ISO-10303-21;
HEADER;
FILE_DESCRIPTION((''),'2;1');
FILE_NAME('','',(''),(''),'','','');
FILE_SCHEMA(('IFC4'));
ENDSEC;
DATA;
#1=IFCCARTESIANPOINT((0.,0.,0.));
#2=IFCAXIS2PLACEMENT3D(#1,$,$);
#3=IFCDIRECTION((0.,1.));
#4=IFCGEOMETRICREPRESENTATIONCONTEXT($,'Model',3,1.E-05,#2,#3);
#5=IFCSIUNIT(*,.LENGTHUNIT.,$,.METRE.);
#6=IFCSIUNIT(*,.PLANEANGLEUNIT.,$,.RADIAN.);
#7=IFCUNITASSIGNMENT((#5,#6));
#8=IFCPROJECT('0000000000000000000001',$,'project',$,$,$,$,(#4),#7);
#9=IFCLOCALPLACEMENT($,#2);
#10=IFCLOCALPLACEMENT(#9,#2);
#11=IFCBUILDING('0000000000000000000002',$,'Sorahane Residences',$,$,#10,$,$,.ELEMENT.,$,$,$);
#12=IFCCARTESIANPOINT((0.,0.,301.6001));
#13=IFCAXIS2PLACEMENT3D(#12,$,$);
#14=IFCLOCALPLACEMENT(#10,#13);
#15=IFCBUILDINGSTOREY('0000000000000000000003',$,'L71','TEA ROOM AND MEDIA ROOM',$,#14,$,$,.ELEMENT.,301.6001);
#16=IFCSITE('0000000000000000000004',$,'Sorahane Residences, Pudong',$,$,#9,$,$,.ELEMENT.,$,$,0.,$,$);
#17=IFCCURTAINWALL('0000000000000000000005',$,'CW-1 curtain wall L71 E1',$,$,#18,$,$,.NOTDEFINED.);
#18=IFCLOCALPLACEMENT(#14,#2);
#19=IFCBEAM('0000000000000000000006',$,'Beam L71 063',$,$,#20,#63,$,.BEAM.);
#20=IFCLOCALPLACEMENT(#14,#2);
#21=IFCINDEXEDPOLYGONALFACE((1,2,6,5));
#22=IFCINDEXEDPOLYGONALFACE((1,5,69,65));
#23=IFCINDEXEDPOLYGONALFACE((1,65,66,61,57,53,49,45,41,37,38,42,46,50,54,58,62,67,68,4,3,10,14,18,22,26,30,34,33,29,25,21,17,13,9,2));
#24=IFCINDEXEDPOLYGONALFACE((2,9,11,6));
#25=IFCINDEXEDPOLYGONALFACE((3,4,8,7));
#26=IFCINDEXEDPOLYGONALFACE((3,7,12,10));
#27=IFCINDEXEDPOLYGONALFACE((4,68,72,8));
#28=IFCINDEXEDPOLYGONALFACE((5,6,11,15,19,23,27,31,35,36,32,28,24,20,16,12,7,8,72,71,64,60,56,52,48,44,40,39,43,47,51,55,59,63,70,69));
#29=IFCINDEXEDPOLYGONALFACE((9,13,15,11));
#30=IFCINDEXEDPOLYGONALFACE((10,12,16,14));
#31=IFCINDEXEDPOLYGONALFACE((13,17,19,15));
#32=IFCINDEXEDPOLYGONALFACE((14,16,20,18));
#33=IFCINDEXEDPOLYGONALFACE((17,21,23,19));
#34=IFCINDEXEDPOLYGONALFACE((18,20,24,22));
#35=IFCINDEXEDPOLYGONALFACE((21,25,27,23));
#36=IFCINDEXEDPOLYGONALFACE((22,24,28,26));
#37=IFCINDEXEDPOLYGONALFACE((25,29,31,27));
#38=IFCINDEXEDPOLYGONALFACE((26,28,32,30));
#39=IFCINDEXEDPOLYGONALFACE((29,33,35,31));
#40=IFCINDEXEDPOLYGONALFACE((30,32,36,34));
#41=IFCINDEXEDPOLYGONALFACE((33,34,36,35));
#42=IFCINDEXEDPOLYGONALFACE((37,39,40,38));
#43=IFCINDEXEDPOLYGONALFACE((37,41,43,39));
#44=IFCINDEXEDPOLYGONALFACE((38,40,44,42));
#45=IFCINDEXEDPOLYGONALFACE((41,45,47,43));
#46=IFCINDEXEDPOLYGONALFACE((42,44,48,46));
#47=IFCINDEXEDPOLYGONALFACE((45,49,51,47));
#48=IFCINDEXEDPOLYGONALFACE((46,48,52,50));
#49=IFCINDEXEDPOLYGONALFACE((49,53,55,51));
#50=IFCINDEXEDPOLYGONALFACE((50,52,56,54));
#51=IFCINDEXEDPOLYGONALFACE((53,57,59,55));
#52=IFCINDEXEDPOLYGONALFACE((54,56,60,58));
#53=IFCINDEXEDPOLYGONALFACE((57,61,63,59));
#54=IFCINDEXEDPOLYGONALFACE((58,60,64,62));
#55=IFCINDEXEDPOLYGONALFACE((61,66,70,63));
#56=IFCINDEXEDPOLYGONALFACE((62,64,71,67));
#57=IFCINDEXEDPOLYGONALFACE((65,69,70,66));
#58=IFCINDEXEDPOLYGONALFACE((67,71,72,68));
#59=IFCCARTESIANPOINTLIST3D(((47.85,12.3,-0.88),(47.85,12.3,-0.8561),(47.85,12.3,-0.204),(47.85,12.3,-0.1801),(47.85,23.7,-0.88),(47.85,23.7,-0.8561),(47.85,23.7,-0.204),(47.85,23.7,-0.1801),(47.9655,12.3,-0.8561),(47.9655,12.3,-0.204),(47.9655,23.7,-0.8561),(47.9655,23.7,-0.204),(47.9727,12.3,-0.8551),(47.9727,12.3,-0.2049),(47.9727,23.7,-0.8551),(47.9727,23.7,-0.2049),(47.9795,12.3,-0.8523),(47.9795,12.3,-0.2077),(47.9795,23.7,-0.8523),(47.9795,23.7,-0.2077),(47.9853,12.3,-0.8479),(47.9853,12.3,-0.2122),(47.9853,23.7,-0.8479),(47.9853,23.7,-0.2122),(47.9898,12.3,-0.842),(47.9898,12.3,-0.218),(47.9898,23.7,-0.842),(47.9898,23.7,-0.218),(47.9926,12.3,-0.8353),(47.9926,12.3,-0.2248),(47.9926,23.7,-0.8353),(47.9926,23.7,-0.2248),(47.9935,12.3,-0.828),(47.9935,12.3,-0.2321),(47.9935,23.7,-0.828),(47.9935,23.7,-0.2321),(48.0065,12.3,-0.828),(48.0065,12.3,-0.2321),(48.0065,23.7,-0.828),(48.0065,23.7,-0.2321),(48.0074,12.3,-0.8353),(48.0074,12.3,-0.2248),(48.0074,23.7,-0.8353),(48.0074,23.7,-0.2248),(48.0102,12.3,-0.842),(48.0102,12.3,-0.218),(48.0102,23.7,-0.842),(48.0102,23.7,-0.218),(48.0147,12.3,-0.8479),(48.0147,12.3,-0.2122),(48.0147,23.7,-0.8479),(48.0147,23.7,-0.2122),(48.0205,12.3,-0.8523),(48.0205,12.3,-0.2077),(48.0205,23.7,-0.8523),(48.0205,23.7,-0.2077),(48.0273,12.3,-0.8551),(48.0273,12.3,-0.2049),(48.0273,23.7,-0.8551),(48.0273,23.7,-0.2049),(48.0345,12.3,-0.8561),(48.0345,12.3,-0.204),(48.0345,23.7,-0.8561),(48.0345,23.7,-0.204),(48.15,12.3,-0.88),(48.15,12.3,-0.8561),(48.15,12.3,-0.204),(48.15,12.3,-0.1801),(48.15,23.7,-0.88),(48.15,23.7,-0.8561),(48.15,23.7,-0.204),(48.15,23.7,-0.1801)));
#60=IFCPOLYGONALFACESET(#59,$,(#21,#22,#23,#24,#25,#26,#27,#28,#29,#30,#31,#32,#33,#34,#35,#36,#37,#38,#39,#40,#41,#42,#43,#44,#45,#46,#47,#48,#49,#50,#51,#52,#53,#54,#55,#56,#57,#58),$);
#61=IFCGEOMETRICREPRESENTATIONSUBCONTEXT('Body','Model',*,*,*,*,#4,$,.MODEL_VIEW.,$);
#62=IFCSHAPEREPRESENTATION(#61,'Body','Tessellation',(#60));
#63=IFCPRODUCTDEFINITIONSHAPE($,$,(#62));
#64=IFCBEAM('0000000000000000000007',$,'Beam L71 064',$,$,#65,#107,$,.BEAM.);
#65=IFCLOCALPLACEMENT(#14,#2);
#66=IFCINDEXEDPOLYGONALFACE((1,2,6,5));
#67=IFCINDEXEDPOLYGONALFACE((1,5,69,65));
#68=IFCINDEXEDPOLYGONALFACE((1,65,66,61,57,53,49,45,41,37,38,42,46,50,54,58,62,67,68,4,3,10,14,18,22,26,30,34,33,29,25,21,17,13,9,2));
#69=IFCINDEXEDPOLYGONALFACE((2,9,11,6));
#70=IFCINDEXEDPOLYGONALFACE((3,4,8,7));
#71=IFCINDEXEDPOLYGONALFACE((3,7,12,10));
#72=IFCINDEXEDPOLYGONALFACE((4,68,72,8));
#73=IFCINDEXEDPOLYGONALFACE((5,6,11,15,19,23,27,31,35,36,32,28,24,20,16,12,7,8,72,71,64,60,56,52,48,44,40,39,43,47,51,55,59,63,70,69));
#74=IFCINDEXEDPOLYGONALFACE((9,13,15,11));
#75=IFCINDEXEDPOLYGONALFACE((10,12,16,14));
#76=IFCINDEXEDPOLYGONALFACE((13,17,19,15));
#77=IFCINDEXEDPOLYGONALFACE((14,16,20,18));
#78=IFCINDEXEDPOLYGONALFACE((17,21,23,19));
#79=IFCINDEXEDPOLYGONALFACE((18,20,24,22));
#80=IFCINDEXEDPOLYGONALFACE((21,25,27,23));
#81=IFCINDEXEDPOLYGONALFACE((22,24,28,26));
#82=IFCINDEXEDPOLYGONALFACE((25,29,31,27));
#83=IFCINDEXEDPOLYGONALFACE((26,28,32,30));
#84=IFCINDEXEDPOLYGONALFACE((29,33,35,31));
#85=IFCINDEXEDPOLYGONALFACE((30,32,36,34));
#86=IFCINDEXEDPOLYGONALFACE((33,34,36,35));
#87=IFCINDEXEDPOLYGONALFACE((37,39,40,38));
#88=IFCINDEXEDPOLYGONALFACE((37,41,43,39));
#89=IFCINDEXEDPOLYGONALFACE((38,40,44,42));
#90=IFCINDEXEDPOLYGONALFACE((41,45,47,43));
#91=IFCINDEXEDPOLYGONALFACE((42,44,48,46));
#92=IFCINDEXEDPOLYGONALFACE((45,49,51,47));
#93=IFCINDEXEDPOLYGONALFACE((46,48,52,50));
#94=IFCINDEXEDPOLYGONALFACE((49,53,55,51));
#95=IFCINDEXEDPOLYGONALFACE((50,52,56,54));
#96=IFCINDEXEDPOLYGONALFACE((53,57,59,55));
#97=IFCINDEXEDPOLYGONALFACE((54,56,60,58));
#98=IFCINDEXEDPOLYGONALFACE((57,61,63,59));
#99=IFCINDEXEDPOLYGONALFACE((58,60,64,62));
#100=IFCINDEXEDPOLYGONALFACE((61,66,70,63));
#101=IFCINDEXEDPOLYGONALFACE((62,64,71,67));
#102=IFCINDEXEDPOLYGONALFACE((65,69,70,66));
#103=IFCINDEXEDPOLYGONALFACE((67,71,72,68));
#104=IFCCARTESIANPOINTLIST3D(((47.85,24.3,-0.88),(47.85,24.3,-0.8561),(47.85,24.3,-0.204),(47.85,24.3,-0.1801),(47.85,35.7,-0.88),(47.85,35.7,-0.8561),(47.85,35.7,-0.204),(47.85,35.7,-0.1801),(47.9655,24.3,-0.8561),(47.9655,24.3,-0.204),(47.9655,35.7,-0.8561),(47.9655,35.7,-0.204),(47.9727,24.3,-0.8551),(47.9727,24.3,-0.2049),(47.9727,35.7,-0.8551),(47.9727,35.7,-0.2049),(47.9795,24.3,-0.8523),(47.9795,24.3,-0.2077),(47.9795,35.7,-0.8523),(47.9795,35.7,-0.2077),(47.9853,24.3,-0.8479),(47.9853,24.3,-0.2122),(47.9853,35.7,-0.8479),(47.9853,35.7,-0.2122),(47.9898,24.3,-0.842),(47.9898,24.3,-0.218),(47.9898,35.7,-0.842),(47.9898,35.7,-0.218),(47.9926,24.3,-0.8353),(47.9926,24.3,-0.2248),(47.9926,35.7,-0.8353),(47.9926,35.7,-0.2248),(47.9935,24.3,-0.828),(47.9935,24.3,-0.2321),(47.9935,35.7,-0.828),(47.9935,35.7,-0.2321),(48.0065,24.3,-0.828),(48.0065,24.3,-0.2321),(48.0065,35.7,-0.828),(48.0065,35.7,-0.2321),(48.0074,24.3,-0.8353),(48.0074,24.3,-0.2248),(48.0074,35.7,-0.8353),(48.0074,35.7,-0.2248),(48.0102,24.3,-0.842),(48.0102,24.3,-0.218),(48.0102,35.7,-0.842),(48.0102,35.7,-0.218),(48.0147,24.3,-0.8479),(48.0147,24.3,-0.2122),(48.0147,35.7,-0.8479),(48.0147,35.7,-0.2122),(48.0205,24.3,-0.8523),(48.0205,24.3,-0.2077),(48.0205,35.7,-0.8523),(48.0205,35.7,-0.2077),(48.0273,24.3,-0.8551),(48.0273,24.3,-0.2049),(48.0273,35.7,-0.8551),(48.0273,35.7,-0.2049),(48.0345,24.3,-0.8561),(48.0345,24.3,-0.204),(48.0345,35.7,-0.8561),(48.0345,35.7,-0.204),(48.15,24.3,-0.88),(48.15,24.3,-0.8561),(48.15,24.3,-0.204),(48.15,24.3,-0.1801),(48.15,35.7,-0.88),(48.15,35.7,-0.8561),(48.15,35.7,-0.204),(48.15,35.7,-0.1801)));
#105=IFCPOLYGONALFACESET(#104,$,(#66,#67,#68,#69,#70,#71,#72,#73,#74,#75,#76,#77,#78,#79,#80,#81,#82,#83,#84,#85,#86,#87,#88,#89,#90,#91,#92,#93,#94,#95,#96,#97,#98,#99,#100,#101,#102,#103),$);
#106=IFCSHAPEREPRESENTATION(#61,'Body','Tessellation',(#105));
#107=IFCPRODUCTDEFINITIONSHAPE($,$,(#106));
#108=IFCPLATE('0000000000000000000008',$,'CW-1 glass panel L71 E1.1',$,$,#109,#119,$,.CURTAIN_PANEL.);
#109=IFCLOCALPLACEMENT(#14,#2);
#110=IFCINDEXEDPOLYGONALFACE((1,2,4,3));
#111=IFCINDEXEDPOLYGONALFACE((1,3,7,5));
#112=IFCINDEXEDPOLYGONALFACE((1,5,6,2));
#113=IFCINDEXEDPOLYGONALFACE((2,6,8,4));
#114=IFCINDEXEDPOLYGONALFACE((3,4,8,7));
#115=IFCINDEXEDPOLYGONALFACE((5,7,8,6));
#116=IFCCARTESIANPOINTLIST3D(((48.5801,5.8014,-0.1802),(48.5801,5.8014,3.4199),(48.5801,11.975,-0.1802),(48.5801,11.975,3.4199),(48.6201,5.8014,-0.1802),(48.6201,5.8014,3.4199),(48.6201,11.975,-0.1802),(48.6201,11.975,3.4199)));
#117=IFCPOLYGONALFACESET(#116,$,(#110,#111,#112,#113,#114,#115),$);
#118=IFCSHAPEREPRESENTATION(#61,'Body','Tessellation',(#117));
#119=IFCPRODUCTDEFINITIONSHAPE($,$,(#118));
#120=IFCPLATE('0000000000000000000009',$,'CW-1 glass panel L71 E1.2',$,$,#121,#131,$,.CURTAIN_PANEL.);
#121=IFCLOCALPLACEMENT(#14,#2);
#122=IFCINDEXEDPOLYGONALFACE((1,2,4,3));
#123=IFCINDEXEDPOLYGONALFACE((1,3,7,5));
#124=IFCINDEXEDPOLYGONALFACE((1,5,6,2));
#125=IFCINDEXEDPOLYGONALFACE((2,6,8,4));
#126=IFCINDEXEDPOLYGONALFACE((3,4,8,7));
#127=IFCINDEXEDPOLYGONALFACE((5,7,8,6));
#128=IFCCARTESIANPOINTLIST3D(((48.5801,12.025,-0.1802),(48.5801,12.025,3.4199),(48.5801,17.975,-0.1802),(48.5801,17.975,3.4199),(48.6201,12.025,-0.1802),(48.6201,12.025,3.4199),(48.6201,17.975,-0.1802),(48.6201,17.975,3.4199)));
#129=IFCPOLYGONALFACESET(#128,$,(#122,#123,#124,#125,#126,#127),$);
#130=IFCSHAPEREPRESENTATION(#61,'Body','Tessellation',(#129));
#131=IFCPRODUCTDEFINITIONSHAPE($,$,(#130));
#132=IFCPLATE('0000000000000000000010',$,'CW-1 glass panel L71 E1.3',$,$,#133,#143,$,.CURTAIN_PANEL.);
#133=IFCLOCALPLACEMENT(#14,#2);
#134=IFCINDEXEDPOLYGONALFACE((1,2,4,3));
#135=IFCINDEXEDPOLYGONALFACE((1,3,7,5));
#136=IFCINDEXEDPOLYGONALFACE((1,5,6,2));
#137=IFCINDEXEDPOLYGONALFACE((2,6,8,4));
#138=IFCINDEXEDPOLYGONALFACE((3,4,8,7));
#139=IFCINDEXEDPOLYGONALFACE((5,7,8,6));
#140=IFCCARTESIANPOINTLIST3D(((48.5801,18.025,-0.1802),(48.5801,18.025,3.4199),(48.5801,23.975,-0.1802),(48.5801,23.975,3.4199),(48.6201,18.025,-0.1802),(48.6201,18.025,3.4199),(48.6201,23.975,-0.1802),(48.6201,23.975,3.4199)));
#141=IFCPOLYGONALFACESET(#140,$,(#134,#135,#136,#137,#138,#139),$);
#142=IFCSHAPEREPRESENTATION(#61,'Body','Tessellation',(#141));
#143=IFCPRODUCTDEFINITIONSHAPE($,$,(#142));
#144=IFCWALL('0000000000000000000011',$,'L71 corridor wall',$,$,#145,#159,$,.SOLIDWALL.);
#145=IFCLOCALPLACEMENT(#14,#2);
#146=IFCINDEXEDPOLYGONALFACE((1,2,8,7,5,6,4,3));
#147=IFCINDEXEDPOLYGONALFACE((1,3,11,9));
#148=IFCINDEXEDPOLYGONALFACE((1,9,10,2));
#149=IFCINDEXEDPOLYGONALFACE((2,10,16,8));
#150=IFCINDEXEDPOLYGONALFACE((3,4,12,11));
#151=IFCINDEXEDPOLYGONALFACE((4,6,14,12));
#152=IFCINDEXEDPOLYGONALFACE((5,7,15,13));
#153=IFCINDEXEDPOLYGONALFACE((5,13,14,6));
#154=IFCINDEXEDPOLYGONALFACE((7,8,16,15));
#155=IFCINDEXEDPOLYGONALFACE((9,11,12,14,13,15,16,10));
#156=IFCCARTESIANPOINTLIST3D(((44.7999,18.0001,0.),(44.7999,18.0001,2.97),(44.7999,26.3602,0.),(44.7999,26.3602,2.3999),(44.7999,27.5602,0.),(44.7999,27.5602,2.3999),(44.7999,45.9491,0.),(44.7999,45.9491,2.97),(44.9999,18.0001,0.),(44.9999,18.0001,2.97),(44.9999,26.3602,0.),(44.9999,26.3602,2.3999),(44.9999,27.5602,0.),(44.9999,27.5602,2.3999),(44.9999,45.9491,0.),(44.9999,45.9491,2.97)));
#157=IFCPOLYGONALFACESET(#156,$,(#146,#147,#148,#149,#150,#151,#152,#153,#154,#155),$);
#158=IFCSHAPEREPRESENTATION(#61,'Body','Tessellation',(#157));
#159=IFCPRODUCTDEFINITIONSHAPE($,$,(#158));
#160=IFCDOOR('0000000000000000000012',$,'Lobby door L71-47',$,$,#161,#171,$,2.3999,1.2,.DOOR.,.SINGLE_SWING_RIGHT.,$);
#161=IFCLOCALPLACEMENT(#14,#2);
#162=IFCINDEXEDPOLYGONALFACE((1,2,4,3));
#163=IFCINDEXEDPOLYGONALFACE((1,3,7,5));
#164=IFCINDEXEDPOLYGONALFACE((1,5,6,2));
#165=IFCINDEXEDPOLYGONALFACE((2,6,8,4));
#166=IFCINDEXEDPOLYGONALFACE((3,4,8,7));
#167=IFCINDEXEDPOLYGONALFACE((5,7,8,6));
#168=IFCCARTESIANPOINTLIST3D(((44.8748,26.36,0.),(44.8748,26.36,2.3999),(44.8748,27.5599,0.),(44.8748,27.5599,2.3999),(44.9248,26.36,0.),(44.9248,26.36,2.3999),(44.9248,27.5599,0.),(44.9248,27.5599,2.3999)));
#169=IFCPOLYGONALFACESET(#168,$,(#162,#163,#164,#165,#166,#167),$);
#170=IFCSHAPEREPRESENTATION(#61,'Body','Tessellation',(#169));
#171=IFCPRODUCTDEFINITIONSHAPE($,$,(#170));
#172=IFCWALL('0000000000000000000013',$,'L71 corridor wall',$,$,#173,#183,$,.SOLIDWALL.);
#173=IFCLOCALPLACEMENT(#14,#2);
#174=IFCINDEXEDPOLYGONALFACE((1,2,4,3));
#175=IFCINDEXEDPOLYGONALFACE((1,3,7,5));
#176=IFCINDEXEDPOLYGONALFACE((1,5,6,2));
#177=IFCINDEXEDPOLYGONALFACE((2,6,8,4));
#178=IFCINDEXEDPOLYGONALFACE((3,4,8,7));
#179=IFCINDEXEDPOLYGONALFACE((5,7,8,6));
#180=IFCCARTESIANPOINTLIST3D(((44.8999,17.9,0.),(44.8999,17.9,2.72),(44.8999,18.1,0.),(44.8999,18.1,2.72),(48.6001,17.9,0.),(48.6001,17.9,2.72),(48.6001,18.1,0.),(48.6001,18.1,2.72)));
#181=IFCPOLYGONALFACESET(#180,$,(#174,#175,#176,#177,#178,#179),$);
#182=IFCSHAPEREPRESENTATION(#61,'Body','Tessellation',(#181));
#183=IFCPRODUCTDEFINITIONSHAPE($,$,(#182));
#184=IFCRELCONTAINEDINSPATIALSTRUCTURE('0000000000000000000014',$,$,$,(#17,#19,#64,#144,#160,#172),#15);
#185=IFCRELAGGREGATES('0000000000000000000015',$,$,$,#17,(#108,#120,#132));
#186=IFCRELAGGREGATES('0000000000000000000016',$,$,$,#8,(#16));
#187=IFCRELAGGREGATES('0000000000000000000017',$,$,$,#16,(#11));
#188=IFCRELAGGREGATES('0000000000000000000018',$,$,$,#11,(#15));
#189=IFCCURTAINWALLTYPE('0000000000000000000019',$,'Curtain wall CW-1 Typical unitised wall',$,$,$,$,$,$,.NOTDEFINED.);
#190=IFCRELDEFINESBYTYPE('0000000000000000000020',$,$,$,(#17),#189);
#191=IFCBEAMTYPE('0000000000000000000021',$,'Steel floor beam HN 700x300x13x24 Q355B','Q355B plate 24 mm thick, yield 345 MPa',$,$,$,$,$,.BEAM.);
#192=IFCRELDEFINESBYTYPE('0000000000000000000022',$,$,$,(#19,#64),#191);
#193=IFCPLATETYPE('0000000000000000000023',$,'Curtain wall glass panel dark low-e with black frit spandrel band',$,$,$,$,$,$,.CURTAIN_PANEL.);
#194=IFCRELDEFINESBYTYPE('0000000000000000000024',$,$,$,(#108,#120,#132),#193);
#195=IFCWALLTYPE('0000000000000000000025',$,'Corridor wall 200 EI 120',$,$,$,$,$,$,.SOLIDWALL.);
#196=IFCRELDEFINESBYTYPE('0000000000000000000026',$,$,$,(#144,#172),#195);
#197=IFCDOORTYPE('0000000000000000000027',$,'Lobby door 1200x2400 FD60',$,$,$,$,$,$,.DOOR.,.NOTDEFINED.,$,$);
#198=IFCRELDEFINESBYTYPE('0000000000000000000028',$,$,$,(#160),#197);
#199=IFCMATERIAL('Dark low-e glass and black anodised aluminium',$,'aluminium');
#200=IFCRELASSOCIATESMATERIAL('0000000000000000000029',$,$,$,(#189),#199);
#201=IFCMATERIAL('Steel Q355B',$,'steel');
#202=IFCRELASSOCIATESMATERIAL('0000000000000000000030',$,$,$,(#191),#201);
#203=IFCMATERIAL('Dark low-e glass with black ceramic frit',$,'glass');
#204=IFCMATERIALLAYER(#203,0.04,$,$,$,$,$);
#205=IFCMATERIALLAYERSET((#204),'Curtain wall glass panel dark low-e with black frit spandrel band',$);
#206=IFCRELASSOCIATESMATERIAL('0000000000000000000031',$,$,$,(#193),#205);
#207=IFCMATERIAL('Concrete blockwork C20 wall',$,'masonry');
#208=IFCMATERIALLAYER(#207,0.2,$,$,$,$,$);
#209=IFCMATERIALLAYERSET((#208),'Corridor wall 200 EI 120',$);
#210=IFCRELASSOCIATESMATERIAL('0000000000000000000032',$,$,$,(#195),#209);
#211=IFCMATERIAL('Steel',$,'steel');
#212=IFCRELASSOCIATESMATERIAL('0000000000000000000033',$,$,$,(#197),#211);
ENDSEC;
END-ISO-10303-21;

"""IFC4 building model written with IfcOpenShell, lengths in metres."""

from ifc_helpers import new_model, si_unit, direction, frame, frame_2d, origin, origin_2d, place, context, subcontext, project, spatial, rectangle, i_section, extrude, material, layer, layer_set, material_profile, profile_set, type_object, element, fill, aggregate, save


model = new_model("IFC4")

# Units and contexts
model_context = context("Model", 3, precision=1e-05, world=origin(), true_north=direction((0.0, 1.0)))
body_context = subcontext(model_context, "Body", "Model", "MODEL_VIEW")
ifc_project = project(units=[si_unit("LENGTHUNIT", "METRE"), si_unit("PLANEANGLEUNIT", "RADIAN")], contexts=[model_context])

# Site, building, storey
site_placement = place(None, origin())
site = spatial("IfcSite", under=ifc_project, at=site_placement, Name="Sorahane Residences, Pudong", CompositionType="ELEMENT", RefElevation=0.0)
building_placement = place(site_placement, origin())
building = spatial("IfcBuilding", under=site, at=building_placement, Name="Sorahane Residences", CompositionType="ELEMENT")
storey_placement = place(building_placement, frame((0.0, 0.0, 301.6001)))
storey = spatial("IfcBuildingStorey", under=building, at=storey_placement, Name="L71", Description="TEA ROOM AND MEDIA ROOM", CompositionType="ELEMENT", Elevation=301.6001)

# Curtain wall
ifc_material_1 = material(Name="Dark low-e glass and black anodised aluminium", Category="aluminium")
curtain_wall_type = type_object("IfcCurtainWallType", Name="Curtain wall CW-1 Typical unitised wall", PredefinedType="NOTDEFINED", material=ifc_material_1)
curtain_wall_placement = place(storey_placement, origin())
curtain_wall = element("IfcCurtainWall", 1, at=curtain_wall_placement, inside=storey, type_object=curtain_wall_type, Name="CW-1 curtain wall L71 E1", PredefinedType="NOTDEFINED")

# Beams
ifc_material_2 = material(Name="Steel Q355B", Category="steel")
ifc_material_profile_1 = material_profile(ifc_material_2, i_section(OverallWidth=0.3, OverallDepth=0.7, WebThickness=0.0129, FlangeThickness=0.0239, FilletRadius=0.0281, at=origin_2d()), Name="HN 700x300x13x24")
ifc_profile_set_1 = profile_set([ifc_material_profile_1], Name="Steel Q355B")
beam_type_1 = type_object("IfcBeamType", Name="Steel floor beam HN 700x300x13x24 Q355B", Description="Q355B plate 24 mm thick, yield 345 MPa", PredefinedType="BEAM", material=ifc_profile_set_1)
for number, where, z_axis, x_axis, name in (
    (2, (48.0, 12.3, -0.53), (0.0, 1.0, 0.0), (-1.0, 0.0, 0.0), "Beam L71 063"),
    (3, (48.0, 24.3, -0.53), (0.0, 1.0, 0.0), (-1.0, 0.0, 0.0), "Beam L71 064"),
):
    element("IfcBeam", number, at=place(storey_placement, frame(where, z_axis=z_axis, x_axis=x_axis)), inside=storey, type_object=beam_type_1, Name=name, PredefinedType="BEAM", context=body_context, shape_type="SweptSolid", body=[
        extrude(i_section(OverallWidth=0.3, OverallDepth=0.7, WebThickness=0.0129, FlangeThickness=0.0239, FilletRadius=0.0281, at=origin_2d()), origin(), (0.0, 0.0, 1.0), 11.3999),
    ])

# Plates
ifc_material_3 = material(Name="Dark low-e glass with black ceramic frit", Category="glass")
ifc_layer_1 = layer(ifc_material_3, 0.04)
ifc_layer_set_1 = layer_set([ifc_layer_1], Name="Curtain wall glass panel dark low-e with black frit spandrel band")
plate_type = type_object("IfcPlateType", Name="Curtain wall glass panel dark low-e with black frit spandrel band", PredefinedType="CURTAIN_PANEL", material=ifc_layer_set_1)
plate_1_placement = place(storey_placement, frame((48.6001, 8.8882, -0.1802), z_axis=(0.0, 0.0, 1.0), x_axis=(0.0, 1.0, 0.0)))
plate_1 = element("IfcPlate", 4, at=plate_1_placement, type_object=plate_type, Name="CW-1 glass panel L71 E1.1", PredefinedType="CURTAIN_PANEL", context=body_context, shape_type="SweptSolid", body=[
    extrude(rectangle(XDim=6.1736, YDim=0.04, at=origin_2d()), origin(), (0.0, 0.0, 1.0), 3.6001),
])
plate_2_placement = place(storey_placement, frame((48.6001, 15.0, -0.1802), z_axis=(0.0, 0.0, 1.0), x_axis=(0.0, 1.0, 0.0)))
plate_2 = element("IfcPlate", 5, at=plate_2_placement, type_object=plate_type, Name="CW-1 glass panel L71 E1.2", PredefinedType="CURTAIN_PANEL", context=body_context, shape_type="SweptSolid", body=[
    extrude(rectangle(XDim=5.95, YDim=0.04, at=origin_2d()), origin(), (0.0, 0.0, 1.0), 3.6001),
])
plate_3_placement = place(storey_placement, frame((48.6001, 21.0, -0.1802), z_axis=(0.0, 0.0, 1.0), x_axis=(0.0, 1.0, 0.0)))
plate_3 = element("IfcPlate", 6, at=plate_3_placement, type_object=plate_type, Name="CW-1 glass panel L71 E1.3", PredefinedType="CURTAIN_PANEL", context=body_context, shape_type="SweptSolid", body=[
    extrude(rectangle(XDim=5.95, YDim=0.04, at=origin_2d()), origin(), (0.0, 0.0, 1.0), 3.6001),
])
aggregate(curtain_wall, [plate_1, plate_2, plate_3])

# Wall, opening, door
ifc_material_4 = material(Name="Concrete blockwork C20 wall", Category="masonry")
ifc_layer_2 = layer(ifc_material_4, 0.2)
ifc_layer_set_2 = layer_set([ifc_layer_2], Name="Corridor wall 200 EI 120")
wall_type = type_object("IfcWallType", Name="Corridor wall 200 EI 120", PredefinedType="SOLIDWALL", material=ifc_layer_set_2)
wall_1_placement = place(storey_placement, frame((44.8999, 18.0, 0.0), z_axis=(0.0, 0.0, 1.0), x_axis=(0.0, 1.0, 0.0)))
wall_1 = element("IfcWall", 7, at=wall_1_placement, inside=storey, type_object=wall_type, Name="L71 corridor wall", PredefinedType="SOLIDWALL", context=body_context, shape_type="SweptSolid", body=[
    extrude(rectangle(XDim=27.949, YDim=0.2, at=frame_2d((13.9746, 0.0))), origin(), (0.0, 0.0, 1.0), 2.97),
])
opening_placement = place(wall_1_placement, frame((8.3601, 0.0, 0.0)))
opening = element("IfcOpeningElement", 8, at=opening_placement, cuts=wall_1, PredefinedType="OPENING", context=body_context, shape_type="SweptSolid", body=[
    extrude(rectangle(XDim=1.2, YDim=2.3999, at=frame_2d((0.6001, 1.2))), frame((0.0, 0.1099, 0.0), z_axis=(0.0, -1.0, 0.0), x_axis=(1.0, 0.0, 0.0)), (0.0, 0.0, 1.0), 0.22),
])
ifc_material_5 = material(Name="Steel", Category="steel")
door_type = type_object("IfcDoorType", Name="Lobby door 1200x2400 FD60", OperationType="NOTDEFINED", PredefinedType="DOOR", material=ifc_material_5)
door_placement = place(opening_placement, frame((1.2, 0.0, 0.0), z_axis=(0.0, 0.0, 1.0), x_axis=(-1.0, 0.0, 0.0)))
door = element("IfcDoor", 9, at=door_placement, inside=storey, type_object=door_type, Name="Lobby door L71-47", OperationType="SINGLE_SWING_RIGHT", OverallHeight=2.3999, OverallWidth=1.2, PredefinedType="DOOR", context=body_context, shape_type="SweptSolid", body=[
    extrude(rectangle(XDim=1.2, YDim=2.3999, at=frame_2d((0.6001, 1.2))), frame((0.0, 0.0249, 0.0), z_axis=(0.0, -1.0, 0.0), x_axis=(1.0, 0.0, 0.0)), (0.0, 0.0, 1.0), 0.05),
])
fill(opening, door)

# Wall
wall_2_placement = place(storey_placement, frame((44.8999, 18.0, 0.0), z_axis=(0.0, 0.0, 1.0), x_axis=(1.0, 0.0, 0.0)))
element("IfcWall", 10, at=wall_2_placement, inside=storey, type_object=wall_type, Name="L71 corridor wall", PredefinedType="SOLIDWALL", context=body_context, shape_type="SweptSolid", body=[
    extrude(rectangle(XDim=3.7002, YDim=0.2, at=frame_2d((1.8501, 0.0))), origin(), (0.0, 0.0, 1.0), 2.72),
])

save(model, "model.ifc")
